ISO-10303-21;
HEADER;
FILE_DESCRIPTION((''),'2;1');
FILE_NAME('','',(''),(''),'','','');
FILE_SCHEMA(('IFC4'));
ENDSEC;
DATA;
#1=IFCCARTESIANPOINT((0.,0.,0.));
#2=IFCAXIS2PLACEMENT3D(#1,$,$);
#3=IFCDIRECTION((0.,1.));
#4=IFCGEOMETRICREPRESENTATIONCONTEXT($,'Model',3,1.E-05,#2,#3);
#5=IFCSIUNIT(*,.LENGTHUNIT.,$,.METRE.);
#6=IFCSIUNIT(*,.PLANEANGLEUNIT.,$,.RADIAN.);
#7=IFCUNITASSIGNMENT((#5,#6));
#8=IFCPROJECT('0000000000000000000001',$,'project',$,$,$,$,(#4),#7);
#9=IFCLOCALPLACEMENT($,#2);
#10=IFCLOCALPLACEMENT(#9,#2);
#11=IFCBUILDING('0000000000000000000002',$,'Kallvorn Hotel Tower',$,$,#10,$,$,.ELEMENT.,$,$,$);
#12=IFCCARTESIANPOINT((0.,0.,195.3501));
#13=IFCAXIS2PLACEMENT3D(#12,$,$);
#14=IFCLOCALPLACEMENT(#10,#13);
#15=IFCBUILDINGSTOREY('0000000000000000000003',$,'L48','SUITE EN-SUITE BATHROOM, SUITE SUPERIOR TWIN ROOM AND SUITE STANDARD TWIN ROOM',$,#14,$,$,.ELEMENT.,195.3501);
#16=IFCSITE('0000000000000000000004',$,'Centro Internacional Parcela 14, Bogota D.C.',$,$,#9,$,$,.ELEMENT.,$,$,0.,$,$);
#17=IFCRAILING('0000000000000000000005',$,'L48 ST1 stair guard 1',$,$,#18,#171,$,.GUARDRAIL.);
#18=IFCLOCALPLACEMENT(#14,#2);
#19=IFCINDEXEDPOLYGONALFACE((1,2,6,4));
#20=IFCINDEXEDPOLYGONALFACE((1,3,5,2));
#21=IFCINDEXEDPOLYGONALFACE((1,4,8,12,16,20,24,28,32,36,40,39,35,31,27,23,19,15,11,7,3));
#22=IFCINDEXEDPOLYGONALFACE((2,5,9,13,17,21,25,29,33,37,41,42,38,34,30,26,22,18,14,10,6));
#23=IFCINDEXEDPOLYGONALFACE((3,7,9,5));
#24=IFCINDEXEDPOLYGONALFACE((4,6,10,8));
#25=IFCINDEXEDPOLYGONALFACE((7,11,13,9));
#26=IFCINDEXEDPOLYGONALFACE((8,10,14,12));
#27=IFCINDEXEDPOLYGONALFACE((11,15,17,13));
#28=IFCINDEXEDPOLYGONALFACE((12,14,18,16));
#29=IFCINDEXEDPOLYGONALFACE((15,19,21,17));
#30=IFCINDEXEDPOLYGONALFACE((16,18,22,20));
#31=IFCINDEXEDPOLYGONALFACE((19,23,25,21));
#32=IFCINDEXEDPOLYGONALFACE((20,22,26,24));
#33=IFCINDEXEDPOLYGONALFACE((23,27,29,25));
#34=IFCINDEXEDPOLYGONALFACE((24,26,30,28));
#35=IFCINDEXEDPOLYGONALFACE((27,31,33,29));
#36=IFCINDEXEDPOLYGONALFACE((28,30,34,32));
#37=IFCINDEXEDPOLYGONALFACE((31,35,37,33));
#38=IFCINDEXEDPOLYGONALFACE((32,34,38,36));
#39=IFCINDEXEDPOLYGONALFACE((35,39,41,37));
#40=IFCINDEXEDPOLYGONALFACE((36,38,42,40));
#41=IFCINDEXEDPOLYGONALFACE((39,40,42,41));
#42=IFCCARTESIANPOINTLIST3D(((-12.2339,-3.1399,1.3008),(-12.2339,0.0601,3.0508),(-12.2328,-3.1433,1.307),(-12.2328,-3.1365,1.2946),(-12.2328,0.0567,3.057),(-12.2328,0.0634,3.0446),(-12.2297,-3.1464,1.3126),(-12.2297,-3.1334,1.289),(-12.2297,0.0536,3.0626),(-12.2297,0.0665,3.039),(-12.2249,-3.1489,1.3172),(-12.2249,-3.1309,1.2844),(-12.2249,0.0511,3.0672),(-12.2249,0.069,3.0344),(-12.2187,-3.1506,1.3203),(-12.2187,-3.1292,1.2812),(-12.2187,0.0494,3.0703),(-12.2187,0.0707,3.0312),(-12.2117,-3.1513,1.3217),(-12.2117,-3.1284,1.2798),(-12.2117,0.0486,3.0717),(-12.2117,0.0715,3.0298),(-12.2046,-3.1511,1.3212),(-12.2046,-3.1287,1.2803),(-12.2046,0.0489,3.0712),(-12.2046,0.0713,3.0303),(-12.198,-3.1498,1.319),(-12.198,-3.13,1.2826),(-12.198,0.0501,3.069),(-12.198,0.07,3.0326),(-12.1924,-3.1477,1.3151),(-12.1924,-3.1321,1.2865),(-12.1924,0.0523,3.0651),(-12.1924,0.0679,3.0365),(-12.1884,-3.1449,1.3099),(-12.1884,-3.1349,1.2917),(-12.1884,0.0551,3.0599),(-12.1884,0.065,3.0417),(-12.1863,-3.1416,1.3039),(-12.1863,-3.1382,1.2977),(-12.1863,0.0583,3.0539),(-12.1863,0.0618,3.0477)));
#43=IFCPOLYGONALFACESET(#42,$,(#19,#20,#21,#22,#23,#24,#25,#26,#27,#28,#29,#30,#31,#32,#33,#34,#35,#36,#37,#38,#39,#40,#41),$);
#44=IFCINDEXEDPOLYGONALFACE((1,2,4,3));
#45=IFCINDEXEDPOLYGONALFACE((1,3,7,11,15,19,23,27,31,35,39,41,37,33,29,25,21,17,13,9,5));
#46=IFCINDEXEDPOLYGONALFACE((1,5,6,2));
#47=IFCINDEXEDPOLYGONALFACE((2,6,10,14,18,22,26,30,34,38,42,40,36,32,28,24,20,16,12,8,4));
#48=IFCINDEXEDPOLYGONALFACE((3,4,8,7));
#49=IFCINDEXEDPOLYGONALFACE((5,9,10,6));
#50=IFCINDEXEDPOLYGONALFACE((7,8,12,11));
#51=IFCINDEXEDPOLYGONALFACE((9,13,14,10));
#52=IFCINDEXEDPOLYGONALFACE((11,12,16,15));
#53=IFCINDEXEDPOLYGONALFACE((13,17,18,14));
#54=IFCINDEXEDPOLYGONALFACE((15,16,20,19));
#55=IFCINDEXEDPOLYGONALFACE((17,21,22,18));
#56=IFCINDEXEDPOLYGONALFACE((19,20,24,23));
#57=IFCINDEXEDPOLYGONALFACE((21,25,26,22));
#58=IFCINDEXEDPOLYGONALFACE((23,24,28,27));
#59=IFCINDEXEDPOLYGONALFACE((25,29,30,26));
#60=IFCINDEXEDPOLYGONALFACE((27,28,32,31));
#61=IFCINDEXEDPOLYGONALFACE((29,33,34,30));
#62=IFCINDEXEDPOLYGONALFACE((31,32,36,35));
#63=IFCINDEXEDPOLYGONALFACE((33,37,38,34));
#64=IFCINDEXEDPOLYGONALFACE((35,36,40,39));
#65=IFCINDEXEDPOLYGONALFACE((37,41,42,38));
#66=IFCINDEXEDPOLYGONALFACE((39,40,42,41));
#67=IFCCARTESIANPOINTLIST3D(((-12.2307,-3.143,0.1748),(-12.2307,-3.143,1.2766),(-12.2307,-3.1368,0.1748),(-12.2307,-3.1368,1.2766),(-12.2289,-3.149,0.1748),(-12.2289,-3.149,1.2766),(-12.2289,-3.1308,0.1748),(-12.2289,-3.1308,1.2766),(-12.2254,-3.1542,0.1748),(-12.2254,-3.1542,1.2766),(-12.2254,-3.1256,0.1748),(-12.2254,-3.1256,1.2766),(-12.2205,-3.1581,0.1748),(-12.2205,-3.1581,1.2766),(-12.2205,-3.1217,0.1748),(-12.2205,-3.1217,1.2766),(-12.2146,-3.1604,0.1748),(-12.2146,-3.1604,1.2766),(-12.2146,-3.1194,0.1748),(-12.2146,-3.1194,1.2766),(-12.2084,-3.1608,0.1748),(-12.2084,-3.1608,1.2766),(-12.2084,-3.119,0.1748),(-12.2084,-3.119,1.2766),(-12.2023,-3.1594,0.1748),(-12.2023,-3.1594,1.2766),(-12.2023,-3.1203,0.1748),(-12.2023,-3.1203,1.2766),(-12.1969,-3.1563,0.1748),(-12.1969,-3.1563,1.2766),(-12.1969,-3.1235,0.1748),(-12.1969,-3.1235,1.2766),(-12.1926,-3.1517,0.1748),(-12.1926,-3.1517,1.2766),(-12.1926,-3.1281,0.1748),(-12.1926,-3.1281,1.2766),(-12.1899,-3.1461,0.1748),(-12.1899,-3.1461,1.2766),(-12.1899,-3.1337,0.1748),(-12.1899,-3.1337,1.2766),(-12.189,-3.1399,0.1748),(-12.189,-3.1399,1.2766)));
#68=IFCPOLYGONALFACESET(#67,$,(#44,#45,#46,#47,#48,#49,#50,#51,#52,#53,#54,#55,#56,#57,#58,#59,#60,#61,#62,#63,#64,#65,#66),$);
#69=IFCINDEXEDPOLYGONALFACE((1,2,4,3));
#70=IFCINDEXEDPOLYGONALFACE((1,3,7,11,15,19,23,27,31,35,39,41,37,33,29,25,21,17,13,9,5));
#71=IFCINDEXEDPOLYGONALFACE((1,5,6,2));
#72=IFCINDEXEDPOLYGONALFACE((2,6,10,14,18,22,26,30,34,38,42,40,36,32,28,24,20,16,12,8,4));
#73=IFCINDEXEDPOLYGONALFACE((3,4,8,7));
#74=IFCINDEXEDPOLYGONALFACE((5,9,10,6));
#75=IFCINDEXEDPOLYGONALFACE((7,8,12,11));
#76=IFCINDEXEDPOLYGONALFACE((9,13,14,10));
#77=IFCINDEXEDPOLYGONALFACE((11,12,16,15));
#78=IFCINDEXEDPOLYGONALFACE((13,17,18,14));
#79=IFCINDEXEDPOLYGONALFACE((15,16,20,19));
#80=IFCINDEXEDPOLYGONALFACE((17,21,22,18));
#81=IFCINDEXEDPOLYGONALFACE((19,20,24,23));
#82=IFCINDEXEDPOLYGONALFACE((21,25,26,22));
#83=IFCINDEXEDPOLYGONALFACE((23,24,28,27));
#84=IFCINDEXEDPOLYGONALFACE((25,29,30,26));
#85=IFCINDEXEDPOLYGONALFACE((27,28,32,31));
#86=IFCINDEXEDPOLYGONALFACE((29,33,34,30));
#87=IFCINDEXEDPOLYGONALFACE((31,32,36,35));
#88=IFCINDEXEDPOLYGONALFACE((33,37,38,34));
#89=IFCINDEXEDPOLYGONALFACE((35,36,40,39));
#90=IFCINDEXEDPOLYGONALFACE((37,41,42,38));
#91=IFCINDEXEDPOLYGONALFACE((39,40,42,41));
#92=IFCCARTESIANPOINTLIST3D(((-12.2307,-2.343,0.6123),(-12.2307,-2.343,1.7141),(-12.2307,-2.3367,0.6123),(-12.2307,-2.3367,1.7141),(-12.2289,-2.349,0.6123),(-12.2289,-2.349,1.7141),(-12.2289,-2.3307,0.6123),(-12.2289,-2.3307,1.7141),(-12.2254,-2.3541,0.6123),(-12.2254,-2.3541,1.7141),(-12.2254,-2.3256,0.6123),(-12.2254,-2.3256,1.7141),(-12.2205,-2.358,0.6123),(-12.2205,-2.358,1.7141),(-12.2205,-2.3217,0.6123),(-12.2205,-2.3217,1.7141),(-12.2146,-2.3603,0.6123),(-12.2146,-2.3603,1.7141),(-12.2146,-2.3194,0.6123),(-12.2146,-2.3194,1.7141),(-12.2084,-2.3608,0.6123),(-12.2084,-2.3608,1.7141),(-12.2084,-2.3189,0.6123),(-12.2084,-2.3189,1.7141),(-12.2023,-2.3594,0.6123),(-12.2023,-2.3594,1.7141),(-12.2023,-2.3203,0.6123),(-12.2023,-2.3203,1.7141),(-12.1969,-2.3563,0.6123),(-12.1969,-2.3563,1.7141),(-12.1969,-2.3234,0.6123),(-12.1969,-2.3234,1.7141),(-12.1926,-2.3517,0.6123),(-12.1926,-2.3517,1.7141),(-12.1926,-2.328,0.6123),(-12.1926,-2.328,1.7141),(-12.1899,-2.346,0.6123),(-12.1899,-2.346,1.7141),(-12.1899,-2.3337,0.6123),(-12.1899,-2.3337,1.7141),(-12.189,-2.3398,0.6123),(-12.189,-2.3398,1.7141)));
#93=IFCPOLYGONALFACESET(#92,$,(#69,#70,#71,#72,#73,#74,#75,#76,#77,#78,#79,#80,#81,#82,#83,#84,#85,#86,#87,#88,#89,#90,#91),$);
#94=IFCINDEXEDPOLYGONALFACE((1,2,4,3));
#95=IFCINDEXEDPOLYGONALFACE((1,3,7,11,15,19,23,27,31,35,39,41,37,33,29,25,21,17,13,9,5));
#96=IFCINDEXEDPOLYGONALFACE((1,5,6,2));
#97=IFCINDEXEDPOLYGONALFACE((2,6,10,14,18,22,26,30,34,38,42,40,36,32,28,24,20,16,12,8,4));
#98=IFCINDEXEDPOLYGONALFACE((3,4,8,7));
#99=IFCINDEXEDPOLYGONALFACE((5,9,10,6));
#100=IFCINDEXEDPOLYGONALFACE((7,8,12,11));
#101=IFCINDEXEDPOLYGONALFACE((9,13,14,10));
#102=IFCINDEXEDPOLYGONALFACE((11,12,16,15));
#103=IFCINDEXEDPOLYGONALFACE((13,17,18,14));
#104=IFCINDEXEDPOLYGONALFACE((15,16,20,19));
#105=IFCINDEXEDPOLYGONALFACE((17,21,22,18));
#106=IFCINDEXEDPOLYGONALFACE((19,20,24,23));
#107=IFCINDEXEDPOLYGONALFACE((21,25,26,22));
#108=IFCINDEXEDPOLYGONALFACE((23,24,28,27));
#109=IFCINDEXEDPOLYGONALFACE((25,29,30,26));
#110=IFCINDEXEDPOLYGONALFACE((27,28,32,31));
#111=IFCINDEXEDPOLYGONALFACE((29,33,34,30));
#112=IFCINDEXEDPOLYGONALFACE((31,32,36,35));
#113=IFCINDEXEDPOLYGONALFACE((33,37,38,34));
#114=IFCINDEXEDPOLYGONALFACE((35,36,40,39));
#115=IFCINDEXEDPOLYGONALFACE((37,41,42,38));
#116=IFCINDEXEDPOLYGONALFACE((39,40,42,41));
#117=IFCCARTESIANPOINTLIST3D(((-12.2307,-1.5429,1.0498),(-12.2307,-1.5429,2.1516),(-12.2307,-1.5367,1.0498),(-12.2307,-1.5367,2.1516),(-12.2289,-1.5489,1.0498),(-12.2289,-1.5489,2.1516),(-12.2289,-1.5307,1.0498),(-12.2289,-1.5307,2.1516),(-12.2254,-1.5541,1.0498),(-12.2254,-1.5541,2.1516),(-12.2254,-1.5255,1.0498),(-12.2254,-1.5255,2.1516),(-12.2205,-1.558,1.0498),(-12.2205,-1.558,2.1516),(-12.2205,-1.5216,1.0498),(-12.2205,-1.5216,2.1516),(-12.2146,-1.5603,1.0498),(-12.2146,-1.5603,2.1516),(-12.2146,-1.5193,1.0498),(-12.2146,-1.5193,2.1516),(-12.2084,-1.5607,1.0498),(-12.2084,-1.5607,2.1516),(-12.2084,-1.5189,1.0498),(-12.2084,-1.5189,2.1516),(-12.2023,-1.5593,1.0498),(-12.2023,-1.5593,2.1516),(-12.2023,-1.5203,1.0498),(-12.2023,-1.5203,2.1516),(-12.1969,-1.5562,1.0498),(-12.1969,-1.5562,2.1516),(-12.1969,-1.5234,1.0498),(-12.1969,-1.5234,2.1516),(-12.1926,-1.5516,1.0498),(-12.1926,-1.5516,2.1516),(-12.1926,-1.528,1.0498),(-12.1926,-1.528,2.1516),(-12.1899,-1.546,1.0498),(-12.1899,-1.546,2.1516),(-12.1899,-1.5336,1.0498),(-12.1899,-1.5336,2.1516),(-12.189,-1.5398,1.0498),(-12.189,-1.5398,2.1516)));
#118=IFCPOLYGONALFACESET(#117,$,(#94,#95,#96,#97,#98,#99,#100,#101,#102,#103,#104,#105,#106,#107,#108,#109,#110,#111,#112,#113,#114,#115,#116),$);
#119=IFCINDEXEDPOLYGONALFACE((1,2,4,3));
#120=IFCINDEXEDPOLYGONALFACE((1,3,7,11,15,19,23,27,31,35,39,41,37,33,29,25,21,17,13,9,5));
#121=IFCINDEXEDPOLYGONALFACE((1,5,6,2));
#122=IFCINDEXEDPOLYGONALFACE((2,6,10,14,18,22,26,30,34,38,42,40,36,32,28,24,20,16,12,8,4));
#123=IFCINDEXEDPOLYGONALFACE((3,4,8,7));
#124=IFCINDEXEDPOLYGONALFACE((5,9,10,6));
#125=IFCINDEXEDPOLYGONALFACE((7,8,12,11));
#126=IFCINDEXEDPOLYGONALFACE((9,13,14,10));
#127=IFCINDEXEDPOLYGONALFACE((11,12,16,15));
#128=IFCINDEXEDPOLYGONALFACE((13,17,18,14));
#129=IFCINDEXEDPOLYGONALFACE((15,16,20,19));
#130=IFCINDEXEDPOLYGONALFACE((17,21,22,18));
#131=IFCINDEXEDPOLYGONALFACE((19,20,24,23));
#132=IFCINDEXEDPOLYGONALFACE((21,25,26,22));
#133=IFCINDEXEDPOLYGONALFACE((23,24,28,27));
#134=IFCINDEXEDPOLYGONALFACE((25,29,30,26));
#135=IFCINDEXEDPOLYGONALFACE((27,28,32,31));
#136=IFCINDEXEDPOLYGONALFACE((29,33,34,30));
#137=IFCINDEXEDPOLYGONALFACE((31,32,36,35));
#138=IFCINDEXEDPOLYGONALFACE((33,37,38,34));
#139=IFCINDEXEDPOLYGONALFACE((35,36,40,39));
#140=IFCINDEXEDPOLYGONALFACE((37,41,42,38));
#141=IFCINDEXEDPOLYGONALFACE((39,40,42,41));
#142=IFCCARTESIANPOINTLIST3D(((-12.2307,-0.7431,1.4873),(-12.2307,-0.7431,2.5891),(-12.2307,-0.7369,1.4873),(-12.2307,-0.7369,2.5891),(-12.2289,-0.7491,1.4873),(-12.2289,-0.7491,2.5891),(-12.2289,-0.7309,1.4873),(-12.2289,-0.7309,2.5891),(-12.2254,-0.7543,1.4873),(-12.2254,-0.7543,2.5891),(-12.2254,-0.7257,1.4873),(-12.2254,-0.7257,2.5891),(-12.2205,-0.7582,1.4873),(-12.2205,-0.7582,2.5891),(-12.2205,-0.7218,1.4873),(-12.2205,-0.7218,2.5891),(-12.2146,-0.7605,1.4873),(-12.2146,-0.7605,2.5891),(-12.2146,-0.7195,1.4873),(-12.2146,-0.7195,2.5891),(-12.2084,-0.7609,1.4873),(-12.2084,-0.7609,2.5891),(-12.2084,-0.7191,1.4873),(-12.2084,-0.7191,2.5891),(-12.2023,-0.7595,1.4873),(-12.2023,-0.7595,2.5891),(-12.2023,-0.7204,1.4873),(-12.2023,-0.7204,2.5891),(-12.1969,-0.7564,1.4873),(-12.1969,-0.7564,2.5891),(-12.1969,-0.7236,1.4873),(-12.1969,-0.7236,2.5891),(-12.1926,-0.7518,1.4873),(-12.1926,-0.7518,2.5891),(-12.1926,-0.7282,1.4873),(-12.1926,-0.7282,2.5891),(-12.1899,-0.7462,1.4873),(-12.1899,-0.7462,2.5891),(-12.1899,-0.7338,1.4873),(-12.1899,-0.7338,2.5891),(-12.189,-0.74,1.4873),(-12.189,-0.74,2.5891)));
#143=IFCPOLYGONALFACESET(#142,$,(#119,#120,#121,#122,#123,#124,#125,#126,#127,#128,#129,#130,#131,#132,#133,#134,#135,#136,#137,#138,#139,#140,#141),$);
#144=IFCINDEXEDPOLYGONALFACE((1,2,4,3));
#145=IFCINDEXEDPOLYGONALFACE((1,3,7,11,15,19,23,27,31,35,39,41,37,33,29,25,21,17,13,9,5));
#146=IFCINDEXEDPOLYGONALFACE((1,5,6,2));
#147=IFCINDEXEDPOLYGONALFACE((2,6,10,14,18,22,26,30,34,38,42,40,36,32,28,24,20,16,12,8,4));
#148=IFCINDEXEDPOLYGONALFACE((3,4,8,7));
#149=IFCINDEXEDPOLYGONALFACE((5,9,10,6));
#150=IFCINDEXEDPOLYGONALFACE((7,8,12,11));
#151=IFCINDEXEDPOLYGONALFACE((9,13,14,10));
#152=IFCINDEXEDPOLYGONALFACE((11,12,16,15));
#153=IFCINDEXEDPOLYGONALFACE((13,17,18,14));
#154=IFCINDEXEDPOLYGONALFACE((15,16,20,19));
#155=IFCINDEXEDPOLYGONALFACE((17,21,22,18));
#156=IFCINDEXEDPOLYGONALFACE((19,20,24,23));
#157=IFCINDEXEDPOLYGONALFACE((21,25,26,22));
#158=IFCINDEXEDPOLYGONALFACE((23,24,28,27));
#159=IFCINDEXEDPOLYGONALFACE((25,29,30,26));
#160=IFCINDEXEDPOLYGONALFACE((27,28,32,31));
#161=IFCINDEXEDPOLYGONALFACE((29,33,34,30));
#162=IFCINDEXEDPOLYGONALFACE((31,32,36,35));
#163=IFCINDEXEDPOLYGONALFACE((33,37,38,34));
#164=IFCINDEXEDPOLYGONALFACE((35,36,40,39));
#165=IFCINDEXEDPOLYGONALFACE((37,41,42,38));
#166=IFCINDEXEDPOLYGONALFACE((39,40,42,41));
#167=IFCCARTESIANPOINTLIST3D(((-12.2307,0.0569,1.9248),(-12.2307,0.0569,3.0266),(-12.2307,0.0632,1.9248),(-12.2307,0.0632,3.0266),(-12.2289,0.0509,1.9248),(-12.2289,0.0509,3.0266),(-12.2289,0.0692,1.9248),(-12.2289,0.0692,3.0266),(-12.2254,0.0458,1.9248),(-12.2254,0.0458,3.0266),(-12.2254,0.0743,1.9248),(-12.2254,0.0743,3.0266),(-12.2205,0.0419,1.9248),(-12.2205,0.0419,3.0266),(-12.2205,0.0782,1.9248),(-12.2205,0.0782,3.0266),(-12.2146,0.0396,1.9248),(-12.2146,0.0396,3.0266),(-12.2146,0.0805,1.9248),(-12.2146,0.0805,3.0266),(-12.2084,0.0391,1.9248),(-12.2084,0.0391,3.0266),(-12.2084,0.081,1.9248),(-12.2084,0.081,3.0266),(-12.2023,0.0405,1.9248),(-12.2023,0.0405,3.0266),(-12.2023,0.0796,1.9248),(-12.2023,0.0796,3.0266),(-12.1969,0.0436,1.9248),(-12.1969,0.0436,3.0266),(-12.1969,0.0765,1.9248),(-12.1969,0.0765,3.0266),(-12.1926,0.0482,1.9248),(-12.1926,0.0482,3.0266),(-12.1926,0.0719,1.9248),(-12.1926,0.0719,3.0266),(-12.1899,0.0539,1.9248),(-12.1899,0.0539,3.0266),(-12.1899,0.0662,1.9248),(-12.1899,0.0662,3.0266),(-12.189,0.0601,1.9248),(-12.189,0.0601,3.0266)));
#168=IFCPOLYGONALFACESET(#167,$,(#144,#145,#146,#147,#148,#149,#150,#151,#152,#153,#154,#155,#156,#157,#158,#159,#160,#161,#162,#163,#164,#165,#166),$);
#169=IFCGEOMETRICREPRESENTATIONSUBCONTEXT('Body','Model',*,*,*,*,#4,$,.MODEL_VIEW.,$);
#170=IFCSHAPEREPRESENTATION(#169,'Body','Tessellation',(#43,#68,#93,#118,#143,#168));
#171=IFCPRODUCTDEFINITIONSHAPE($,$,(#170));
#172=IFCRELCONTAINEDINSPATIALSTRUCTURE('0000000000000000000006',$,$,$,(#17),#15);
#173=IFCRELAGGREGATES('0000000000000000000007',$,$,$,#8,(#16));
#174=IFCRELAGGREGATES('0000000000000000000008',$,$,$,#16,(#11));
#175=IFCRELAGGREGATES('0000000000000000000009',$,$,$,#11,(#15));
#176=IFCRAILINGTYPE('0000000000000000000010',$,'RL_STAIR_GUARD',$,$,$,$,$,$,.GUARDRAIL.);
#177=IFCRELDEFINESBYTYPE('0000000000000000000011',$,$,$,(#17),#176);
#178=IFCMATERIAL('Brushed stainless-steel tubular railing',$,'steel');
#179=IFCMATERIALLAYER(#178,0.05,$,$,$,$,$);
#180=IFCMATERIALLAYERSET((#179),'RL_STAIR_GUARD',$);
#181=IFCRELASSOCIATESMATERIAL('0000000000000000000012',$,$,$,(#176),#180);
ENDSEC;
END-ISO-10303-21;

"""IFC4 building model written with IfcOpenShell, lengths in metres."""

from ifc_helpers import new_model, si_unit, direction, frame, origin, origin_2d, place, context, subcontext, project, spatial, circle, extrude, material, layer, layer_set, type_object, element, save


model = new_model("IFC4")

# Units and contexts
model_context = context("Model", 3, precision=1e-05, world=origin(), true_north=direction((0.0, 1.0)))
body_context = subcontext(model_context, "Body", "Model", "MODEL_VIEW")
ifc_project = project(units=[si_unit("LENGTHUNIT", "METRE"), si_unit("PLANEANGLEUNIT", "RADIAN")], contexts=[model_context])

# Site, building, storey
site_placement = place(None, origin())
site = spatial("IfcSite", under=ifc_project, at=site_placement, Name="Centro Internacional Parcela 14, Bogota D.C.", CompositionType="ELEMENT", RefElevation=0.0)
building_placement = place(site_placement, origin())
building = spatial("IfcBuilding", under=site, at=building_placement, Name="Kallvorn Hotel Tower", CompositionType="ELEMENT")
storey_placement = place(building_placement, frame((0.0, 0.0, 195.3501)))
storey = spatial("IfcBuildingStorey", under=building, at=storey_placement, Name="L48", Description="SUITE EN-SUITE BATHROOM, SUITE SUPERIOR TWIN ROOM AND SUITE STANDARD TWIN ROOM", CompositionType="ELEMENT", Elevation=195.3501)

# Railing
ifc_material_1 = material(Name="Brushed stainless-steel tubular railing", Category="steel")
ifc_layer_1 = layer(ifc_material_1, 0.05)
ifc_layer_set_1 = layer_set([ifc_layer_1], Name="RL_STAIR_GUARD")
railing_type_1 = type_object("IfcRailingType", Name="RL_STAIR_GUARD", PredefinedType="GUARDRAIL", material=ifc_layer_set_1)
railing_1_placement = place(storey_placement, frame((-12.21, -3.1399, 0.1748)))
element("IfcRailing", 1, at=railing_1_placement, inside=storey, type_object=railing_type_1, Name="L48 ST1 stair guard 1", PredefinedType="GUARDRAIL", context=body_context, shape_type="SweptSolid", body=[
    extrude(circle(Radius=0.0239, at=origin_2d()), frame((0.0, 0.0, 1.126), z_axis=(0.0, 0.877368, 0.479818), x_axis=(-1.0, 0.0, 0.0)), (0.0, 0.0, 1.0), 3.6472),
    extrude(circle(Radius=0.021, at=origin_2d()), origin(), (0.0, 0.0, 1.0), 1.1018),
    extrude(circle(Radius=0.021, at=origin_2d()), frame((0.0, 0.8, 0.4375)), (0.0, 0.0, 1.0), 1.1018),
    extrude(circle(Radius=0.021, at=origin_2d()), frame((0.0, 1.6001, 0.875)), (0.0, 0.0, 1.0), 1.1018),
    extrude(circle(Radius=0.021, at=origin_2d()), frame((0.0, 2.3999, 1.3125)), (0.0, 0.0, 1.0), 1.1018),
    extrude(circle(Radius=0.021, at=origin_2d()), frame((0.0, 3.2, 1.75)), (0.0, 0.0, 1.0), 1.1018),
])

save(model, "model.ifc")
